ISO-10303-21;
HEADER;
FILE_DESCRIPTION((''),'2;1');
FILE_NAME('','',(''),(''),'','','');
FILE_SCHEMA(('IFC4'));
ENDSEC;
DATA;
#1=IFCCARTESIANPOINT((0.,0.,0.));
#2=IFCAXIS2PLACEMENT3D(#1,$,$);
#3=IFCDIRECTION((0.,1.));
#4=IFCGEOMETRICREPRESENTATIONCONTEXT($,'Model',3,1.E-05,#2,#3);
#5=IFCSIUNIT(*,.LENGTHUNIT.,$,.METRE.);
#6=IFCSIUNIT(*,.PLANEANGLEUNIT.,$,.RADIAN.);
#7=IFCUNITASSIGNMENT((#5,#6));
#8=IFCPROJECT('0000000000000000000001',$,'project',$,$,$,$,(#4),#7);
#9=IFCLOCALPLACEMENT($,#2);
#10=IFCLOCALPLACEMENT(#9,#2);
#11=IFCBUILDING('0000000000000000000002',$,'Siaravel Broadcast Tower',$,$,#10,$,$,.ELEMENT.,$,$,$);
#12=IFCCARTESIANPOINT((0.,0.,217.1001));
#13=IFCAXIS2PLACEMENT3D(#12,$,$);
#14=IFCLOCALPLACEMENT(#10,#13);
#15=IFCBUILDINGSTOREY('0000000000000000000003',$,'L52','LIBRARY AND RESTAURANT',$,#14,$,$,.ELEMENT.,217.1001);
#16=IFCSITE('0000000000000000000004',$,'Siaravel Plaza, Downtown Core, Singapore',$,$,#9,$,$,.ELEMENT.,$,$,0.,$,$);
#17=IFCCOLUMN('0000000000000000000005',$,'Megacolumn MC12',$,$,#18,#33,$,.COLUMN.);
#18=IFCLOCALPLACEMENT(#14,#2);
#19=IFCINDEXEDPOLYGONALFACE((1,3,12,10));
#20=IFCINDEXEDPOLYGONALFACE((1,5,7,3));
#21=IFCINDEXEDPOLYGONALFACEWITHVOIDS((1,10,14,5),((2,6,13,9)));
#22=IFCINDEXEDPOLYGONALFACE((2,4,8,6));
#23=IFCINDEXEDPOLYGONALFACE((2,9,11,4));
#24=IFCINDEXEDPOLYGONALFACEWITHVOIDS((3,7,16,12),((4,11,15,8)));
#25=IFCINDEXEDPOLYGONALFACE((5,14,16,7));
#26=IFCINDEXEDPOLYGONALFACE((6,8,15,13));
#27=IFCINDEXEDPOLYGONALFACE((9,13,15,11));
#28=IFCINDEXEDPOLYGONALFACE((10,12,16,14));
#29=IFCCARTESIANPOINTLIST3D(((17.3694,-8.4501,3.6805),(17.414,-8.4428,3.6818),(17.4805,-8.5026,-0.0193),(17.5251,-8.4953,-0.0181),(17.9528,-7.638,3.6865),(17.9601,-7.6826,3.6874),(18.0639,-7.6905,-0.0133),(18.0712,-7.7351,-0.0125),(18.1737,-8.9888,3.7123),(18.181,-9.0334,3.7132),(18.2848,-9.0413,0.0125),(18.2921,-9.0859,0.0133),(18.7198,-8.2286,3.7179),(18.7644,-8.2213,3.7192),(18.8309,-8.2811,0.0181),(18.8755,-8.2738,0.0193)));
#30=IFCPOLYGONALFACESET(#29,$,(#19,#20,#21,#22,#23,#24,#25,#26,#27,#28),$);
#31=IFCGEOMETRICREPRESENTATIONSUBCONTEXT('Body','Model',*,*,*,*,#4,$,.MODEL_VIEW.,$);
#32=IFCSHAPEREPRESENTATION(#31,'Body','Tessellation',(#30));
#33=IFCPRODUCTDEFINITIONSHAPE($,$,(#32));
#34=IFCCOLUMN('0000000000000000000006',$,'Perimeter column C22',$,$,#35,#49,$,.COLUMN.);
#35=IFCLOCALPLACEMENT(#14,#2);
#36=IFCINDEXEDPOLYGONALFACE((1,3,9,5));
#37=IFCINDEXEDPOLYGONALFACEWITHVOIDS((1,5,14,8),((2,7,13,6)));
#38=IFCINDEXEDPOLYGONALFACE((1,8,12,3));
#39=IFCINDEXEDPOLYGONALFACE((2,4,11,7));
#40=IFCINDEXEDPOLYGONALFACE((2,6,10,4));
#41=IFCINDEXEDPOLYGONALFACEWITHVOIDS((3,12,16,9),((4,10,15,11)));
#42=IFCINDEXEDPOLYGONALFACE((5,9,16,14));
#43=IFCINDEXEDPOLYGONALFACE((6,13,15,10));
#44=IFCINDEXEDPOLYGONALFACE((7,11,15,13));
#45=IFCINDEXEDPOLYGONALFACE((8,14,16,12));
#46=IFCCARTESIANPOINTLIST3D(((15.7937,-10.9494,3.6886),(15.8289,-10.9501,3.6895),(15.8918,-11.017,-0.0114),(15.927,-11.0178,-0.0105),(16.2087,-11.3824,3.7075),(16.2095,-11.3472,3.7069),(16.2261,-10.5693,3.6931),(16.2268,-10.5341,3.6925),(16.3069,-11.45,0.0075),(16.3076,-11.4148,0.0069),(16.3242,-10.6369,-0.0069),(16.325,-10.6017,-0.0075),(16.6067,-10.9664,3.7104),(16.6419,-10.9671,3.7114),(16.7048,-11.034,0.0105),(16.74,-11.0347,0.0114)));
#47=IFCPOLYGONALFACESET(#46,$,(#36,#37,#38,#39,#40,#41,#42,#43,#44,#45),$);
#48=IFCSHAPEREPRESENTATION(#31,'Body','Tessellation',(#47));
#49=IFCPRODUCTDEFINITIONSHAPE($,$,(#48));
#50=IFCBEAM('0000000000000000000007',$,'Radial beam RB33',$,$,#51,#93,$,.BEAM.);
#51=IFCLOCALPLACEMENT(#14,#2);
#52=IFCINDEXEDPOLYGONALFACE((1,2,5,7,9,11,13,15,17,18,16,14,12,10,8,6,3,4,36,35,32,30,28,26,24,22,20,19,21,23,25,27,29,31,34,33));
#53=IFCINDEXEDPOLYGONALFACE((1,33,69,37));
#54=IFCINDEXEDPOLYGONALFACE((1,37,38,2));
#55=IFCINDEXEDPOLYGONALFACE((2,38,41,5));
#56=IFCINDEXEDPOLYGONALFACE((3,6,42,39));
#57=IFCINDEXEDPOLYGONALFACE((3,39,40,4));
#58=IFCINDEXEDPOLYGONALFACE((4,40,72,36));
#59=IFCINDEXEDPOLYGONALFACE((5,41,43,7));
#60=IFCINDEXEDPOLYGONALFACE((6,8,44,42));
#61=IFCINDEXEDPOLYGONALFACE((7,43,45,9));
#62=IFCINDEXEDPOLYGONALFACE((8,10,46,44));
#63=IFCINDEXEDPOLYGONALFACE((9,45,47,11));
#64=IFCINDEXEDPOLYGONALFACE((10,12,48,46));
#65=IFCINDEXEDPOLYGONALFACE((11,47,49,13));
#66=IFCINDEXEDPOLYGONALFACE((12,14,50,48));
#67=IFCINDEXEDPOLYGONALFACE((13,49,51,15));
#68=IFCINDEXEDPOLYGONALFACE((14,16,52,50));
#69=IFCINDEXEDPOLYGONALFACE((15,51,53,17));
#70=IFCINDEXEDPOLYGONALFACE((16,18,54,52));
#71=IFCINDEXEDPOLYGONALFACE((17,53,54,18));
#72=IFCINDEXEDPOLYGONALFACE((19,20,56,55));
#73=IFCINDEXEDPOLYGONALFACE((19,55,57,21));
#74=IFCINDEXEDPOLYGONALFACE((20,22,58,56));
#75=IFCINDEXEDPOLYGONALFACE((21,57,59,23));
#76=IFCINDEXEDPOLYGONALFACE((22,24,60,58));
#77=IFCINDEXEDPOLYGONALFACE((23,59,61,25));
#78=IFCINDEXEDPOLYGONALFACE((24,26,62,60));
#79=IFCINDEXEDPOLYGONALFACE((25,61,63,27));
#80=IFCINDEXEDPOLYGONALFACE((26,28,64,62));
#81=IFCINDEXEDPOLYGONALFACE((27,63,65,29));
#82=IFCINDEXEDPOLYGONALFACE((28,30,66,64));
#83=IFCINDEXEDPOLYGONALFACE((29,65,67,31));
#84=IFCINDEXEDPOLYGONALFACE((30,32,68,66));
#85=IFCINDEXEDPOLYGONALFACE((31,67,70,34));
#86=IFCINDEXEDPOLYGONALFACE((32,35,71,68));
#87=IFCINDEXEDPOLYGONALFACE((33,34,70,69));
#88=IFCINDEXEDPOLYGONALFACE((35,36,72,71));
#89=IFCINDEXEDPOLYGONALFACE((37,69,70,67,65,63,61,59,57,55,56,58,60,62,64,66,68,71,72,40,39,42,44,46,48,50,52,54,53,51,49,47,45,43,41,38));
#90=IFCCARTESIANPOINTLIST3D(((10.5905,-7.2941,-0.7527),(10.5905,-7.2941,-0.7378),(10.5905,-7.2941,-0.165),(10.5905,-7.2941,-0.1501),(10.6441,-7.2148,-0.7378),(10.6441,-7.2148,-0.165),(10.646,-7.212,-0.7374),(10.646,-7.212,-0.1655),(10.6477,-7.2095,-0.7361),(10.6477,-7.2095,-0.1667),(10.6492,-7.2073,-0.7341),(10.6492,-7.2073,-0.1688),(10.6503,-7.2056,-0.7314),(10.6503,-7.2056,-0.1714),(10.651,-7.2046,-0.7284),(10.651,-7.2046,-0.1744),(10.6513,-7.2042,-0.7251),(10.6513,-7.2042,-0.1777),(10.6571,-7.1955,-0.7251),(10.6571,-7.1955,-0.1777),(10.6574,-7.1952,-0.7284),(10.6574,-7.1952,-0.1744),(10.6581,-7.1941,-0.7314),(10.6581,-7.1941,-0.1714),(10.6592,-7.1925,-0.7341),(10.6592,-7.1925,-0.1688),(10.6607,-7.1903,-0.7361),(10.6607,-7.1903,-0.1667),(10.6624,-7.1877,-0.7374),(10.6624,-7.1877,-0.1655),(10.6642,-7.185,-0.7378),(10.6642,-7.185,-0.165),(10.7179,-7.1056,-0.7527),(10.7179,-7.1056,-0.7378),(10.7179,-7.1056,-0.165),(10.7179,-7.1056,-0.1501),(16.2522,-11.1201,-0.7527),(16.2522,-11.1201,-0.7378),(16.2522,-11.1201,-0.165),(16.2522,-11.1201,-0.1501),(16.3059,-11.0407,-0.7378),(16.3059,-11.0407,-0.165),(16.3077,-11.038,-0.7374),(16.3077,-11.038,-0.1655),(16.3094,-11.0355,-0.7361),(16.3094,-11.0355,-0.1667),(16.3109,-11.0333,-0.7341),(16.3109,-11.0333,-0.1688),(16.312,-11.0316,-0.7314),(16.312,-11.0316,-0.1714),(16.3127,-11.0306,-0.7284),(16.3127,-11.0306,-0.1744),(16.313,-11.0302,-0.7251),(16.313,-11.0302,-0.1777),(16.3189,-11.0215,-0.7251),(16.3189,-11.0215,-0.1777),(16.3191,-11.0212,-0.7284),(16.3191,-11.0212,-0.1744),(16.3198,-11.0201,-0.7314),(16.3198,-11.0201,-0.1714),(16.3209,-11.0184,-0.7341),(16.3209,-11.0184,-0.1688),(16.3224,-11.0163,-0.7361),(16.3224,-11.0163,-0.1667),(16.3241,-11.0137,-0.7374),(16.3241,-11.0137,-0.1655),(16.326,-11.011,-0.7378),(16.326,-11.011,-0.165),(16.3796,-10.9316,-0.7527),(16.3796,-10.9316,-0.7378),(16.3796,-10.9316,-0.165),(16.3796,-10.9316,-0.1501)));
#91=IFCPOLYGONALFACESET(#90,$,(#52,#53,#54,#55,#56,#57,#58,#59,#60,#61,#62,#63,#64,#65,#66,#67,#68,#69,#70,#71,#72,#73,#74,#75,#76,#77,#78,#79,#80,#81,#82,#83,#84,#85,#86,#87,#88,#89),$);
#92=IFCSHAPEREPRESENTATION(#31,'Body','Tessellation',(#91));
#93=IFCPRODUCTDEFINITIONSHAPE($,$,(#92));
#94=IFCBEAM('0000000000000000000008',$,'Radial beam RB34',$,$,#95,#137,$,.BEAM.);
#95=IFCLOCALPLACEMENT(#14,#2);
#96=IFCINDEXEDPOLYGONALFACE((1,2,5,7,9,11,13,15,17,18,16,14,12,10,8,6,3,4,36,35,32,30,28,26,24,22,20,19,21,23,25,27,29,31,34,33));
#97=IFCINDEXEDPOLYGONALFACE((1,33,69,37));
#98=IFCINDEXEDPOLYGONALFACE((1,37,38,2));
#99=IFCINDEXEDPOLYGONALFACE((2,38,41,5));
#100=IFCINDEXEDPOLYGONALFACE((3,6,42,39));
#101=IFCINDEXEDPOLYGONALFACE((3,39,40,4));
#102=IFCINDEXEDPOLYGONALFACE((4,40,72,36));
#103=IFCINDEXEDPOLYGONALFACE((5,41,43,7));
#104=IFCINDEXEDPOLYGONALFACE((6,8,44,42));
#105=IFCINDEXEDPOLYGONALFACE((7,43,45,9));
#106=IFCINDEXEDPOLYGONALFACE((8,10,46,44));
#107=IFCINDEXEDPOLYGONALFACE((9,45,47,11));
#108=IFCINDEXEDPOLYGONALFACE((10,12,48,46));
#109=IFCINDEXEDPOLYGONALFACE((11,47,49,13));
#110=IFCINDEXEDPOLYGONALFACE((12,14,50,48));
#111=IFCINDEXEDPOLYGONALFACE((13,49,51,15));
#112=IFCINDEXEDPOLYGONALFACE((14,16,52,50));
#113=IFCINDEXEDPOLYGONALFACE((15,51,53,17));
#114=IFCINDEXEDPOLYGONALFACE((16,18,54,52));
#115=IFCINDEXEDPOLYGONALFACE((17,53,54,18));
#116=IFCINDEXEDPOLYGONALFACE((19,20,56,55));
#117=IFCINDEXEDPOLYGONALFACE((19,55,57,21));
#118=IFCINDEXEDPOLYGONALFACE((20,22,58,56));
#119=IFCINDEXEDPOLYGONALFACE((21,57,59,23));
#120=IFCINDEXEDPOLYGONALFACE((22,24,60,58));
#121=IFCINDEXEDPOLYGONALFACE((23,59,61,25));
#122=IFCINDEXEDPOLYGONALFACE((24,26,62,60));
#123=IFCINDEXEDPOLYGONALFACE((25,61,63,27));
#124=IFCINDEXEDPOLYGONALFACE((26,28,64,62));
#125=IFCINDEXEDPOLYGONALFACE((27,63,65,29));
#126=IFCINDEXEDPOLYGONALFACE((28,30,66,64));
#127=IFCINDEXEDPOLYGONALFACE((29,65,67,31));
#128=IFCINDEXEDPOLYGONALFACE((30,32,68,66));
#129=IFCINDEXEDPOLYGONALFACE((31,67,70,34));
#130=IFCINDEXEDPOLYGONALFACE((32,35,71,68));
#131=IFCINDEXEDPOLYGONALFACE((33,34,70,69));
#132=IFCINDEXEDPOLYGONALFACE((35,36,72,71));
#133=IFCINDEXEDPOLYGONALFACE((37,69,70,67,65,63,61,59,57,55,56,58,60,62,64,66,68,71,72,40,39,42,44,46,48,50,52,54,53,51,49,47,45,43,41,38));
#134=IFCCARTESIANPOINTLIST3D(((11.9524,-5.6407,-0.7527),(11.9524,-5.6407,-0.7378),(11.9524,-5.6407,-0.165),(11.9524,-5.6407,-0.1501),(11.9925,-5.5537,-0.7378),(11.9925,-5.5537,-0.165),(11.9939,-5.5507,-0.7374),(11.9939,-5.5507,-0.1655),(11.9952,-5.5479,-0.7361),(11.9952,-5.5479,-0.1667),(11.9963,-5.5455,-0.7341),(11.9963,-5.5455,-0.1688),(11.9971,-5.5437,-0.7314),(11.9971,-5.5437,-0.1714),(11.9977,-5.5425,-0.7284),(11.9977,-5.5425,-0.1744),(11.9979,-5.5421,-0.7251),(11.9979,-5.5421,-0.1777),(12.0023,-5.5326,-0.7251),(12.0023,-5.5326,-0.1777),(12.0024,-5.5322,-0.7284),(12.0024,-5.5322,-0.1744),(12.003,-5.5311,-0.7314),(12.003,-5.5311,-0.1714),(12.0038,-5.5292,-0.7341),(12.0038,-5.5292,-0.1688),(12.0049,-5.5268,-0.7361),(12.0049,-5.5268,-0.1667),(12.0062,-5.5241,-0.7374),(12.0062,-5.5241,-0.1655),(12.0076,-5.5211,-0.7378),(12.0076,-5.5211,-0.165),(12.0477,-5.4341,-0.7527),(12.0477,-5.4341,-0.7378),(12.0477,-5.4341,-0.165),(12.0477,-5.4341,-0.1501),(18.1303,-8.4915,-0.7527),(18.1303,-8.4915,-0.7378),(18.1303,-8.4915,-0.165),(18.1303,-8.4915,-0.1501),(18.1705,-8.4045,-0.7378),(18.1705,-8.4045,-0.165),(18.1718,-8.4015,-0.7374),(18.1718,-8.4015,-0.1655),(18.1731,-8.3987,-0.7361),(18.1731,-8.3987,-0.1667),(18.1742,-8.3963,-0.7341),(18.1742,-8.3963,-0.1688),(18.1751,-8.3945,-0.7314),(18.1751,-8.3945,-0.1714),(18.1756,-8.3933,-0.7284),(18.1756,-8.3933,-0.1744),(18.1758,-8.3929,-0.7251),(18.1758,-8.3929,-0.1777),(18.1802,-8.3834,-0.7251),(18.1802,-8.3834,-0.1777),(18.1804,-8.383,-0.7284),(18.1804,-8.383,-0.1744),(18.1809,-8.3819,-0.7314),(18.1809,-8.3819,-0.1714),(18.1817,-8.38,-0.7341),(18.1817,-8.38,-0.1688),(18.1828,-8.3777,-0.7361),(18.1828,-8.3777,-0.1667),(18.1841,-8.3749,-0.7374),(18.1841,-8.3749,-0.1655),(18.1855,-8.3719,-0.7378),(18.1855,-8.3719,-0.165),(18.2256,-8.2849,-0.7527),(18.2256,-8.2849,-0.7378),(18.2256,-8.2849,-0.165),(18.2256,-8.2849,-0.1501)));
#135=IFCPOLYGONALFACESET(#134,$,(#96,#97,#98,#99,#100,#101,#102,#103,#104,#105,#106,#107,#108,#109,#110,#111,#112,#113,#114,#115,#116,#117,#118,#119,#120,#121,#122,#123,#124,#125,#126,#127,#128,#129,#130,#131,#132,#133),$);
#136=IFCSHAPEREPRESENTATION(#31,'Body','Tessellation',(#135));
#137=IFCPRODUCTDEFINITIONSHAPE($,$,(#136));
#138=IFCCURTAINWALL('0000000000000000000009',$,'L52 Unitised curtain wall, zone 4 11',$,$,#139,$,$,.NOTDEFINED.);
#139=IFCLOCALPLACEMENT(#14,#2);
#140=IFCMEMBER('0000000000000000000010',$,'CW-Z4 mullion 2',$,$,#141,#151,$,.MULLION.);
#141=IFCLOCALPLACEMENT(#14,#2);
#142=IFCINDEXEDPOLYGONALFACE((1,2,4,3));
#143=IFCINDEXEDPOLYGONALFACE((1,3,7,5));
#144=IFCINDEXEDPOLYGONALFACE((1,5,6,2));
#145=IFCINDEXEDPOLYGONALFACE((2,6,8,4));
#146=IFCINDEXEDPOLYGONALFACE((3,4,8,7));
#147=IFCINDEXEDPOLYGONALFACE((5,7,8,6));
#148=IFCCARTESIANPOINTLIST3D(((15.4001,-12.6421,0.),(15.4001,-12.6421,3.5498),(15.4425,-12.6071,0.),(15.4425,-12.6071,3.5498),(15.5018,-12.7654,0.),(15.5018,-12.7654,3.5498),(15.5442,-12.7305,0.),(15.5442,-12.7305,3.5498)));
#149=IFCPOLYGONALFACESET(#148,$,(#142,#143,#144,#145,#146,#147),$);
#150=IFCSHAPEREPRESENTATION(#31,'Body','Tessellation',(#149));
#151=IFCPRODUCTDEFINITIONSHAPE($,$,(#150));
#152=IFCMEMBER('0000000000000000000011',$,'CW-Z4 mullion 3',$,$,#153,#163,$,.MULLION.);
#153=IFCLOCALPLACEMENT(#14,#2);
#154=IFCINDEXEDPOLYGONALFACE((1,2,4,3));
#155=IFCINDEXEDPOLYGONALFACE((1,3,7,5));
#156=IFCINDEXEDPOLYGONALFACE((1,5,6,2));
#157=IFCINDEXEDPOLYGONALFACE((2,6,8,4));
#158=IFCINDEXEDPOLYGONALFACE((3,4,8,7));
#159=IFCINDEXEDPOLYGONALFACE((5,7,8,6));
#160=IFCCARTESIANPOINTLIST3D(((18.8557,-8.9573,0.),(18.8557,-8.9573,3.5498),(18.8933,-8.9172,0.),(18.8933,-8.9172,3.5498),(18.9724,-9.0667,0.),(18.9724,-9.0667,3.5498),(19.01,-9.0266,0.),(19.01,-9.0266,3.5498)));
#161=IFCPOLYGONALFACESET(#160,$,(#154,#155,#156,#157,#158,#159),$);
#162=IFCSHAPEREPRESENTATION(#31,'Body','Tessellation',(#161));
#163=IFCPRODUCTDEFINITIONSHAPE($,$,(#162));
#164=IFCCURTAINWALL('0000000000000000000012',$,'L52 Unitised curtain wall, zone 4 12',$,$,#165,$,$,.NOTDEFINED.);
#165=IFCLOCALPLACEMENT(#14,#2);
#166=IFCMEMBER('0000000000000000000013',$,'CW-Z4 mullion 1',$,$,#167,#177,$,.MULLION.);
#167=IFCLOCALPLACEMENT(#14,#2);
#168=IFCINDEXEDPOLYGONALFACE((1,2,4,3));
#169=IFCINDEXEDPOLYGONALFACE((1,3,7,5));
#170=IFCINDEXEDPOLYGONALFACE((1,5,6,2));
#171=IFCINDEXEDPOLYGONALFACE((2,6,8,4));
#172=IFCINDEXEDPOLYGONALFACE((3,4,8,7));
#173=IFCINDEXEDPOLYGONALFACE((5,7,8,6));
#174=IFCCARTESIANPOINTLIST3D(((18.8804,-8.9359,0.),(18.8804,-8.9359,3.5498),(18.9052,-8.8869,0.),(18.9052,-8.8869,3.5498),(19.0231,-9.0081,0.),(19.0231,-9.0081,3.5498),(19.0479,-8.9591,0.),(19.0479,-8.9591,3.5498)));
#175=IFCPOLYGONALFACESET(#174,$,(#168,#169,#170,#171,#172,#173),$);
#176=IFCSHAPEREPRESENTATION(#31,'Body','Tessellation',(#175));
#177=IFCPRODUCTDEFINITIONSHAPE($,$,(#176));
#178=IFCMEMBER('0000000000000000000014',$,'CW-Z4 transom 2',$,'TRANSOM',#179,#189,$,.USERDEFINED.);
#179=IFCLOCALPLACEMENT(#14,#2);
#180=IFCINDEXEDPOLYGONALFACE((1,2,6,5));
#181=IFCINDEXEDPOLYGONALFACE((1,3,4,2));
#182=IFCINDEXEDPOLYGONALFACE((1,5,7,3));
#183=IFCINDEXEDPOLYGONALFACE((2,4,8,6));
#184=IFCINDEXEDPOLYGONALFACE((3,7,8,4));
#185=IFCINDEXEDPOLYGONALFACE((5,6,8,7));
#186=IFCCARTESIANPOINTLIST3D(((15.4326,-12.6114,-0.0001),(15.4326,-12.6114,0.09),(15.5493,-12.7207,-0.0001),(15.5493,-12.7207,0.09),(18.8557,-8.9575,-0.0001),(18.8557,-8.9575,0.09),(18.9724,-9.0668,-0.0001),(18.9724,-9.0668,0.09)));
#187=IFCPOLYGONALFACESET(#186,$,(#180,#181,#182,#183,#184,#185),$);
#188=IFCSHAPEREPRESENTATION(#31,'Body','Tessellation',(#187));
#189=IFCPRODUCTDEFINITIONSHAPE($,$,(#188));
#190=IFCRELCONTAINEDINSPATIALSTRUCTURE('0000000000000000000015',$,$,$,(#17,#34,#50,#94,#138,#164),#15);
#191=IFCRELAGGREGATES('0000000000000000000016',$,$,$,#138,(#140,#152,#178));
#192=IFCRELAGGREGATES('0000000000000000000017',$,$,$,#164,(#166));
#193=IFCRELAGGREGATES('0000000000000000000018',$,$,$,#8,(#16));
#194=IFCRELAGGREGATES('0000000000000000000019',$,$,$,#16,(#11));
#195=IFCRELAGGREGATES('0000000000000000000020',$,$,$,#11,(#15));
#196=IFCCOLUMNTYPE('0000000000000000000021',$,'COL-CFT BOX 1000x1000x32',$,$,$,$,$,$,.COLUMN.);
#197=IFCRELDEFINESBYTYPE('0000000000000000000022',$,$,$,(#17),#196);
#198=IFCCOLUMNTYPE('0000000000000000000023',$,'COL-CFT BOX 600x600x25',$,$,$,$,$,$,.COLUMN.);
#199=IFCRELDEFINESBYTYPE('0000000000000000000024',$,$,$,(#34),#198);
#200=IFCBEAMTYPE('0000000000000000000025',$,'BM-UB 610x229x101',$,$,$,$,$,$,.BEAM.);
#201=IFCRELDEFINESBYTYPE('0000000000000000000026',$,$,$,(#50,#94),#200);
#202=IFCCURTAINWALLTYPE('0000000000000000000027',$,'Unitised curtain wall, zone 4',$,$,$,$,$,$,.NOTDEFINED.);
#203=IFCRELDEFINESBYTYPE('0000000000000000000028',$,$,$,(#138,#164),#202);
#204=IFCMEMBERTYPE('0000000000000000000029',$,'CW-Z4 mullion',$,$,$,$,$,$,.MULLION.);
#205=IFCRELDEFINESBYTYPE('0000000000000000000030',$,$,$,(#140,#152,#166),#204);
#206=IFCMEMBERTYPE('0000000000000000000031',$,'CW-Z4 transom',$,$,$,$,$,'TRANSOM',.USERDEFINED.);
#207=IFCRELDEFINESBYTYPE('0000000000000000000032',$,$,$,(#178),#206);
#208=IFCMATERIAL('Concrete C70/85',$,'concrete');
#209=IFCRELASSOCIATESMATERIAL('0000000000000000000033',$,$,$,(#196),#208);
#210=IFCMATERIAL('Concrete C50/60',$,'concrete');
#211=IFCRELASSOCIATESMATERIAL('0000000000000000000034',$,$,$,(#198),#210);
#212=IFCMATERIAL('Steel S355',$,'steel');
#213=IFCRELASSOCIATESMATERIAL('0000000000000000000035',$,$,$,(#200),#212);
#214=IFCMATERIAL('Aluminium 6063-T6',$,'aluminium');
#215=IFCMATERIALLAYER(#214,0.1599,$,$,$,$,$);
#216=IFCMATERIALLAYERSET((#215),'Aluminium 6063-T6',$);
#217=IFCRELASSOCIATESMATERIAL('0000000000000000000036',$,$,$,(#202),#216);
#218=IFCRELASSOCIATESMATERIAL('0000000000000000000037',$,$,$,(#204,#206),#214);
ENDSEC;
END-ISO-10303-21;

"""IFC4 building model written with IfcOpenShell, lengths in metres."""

from ifc_helpers import new_model, si_unit, direction, frame, origin, origin_2d, place, context, subcontext, project, spatial, rectangle, hollow_rectangle, i_section, extrude, material, layer, layer_set, material_profile, profile_set, type_object, element, aggregate, save


model = new_model("IFC4")

# Units and contexts
model_context = context("Model", 3, precision=1e-05, world=origin(), true_north=direction((0.0, 1.0)))
body_context = subcontext(model_context, "Body", "Model", "MODEL_VIEW")
ifc_project = project(units=[si_unit("LENGTHUNIT", "METRE"), si_unit("PLANEANGLEUNIT", "RADIAN")], contexts=[model_context])

# Site, building, storey
site_placement = place(None, origin())
site = spatial("IfcSite", under=ifc_project, at=site_placement, Name="Siaravel Plaza, Downtown Core, Singapore", CompositionType="ELEMENT", RefElevation=0.0)
building_placement = place(site_placement, origin())
building = spatial("IfcBuilding", under=site, at=building_placement, Name="Siaravel Broadcast Tower", CompositionType="ELEMENT")
storey_placement = place(building_placement, frame((0.0, 0.0, 217.1001)))
storey = spatial("IfcBuildingStorey", under=building, at=storey_placement, Name="L52", Description="LIBRARY AND RESTAURANT", CompositionType="ELEMENT", Elevation=217.1001)

# Columns
ifc_material_1 = material(Name="Concrete C70/85", Category="concrete")
ifc_material_profile_1 = material_profile(ifc_material_1, hollow_rectangle(XDim=1.0, YDim=1.0, WallThickness=0.032, at=origin_2d()))
ifc_profile_set_1 = profile_set([ifc_material_profile_1], Name="Concrete C70/85")
column_type_1 = type_object("IfcColumnType", Name="COL-CFT BOX 1000x1000x32", PredefinedType="COLUMN", material=ifc_profile_set_1)
column_1_placement = place(storey_placement, frame((18.178, -8.3882, 0.0), z_axis=(-0.030007, 0.014179, 0.999449), x_axis=(-0.583437, -0.812136, -0.005995)))
element("IfcColumn", 1, at=column_1_placement, inside=storey, type_object=column_type_1, Name="Megacolumn MC12", PredefinedType="COLUMN", context=body_context, shape_type="SweptSolid", body=[
    extrude(hollow_rectangle(XDim=1.0, YDim=1.0, WallThickness=0.032, at=origin_2d()), origin(), (0.0, 0.0, 1.0), 3.7019),
])
ifc_material_2 = material(Name="Concrete C50/60", Category="concrete")
ifc_material_profile_2 = material_profile(ifc_material_2, hollow_rectangle(XDim=0.6001, YDim=0.6001, WallThickness=0.0249, at=origin_2d()))
ifc_profile_set_2 = profile_set([ifc_material_profile_2], Name="Concrete C50/60")
column_type_2 = type_object("IfcColumnType", Name="COL-CFT BOX 600x600x25", PredefinedType="COLUMN", material=ifc_profile_set_2)
column_2_placement = place(storey_placement, frame((16.3159, -11.0259, 0.0), z_axis=(-0.026512, 0.018268, 0.999482), x_axis=(-0.721794, -0.692077, -0.006497)))
element("IfcColumn", 2, at=column_2_placement, inside=storey, type_object=column_type_2, Name="Perimeter column C22", PredefinedType="COLUMN", context=body_context, shape_type="SweptSolid", body=[
    extrude(hollow_rectangle(XDim=0.6001, YDim=0.6001, WallThickness=0.0249, at=origin_2d()), origin(), (0.0, 0.0, 1.0), 3.7019),
])

# Beams
ifc_material_3 = material(Name="Steel S355", Category="steel")
ifc_material_profile_3 = material_profile(ifc_material_3, i_section(OverallWidth=0.2275, OverallDepth=0.6025, WebThickness=0.0105, FlangeThickness=0.0149, FilletRadius=0.0127, at=origin_2d()))
ifc_profile_set_3 = profile_set([ifc_material_profile_3], Name="Steel S355")
beam_type = type_object("IfcBeamType", Name="BM-UB 610x229x101", PredefinedType="BEAM", material=ifc_profile_set_3)
beam_1_placement = place(storey_placement, frame((16.3159, -11.0259, -0.4514), z_axis=(-0.828554, 0.559908, 0.0), x_axis=(-0.559908, -0.828554, 0.0)))
element("IfcBeam", 3, at=beam_1_placement, inside=storey, type_object=beam_type, Name="Radial beam RB33", PredefinedType="BEAM", context=body_context, shape_type="SweptSolid", body=[
    extrude(i_section(OverallWidth=0.2275, OverallDepth=0.6025, WebThickness=0.0105, FlangeThickness=0.0149, FilletRadius=0.0127, at=origin_2d()), origin(), (0.0, 0.0, 1.0), 6.8333),
])
beam_2_placement = place(storey_placement, frame((18.178, -8.3882, -0.4514), z_axis=(-0.90799, 0.418992, 0.0), x_axis=(-0.418992, -0.90799, 0.0)))
element("IfcBeam", 4, at=beam_2_placement, inside=storey, type_object=beam_type, Name="Radial beam RB34", PredefinedType="BEAM", context=body_context, shape_type="SweptSolid", body=[
    extrude(i_section(OverallWidth=0.2275, OverallDepth=0.6025, WebThickness=0.0105, FlangeThickness=0.0149, FilletRadius=0.0127, at=origin_2d()), origin(), (0.0, 0.0, 1.0), 6.804),
])

# Curtain wall, members
ifc_material_4 = material(Name="Aluminium 6063-T6", Category="aluminium")
ifc_layer_1 = layer(ifc_material_4, 0.1599)
ifc_layer_set_1 = layer_set([ifc_layer_1], Name="Aluminium 6063-T6")
curtain_wall_type = type_object("IfcCurtainWallType", Name="Unitised curtain wall, zone 4", PredefinedType="NOTDEFINED", material=ifc_layer_set_1)
curtain_wall_1_placement = place(storey_placement, origin())
curtain_wall_1 = element("IfcCurtainWall", 5, at=curtain_wall_1_placement, inside=storey, type_object=curtain_wall_type, Name="L52 Unitised curtain wall, zone 4 11", PredefinedType="NOTDEFINED")
ifc_material_profile_4 = material_profile(ifc_material_4, rectangle(XDim=0.1599, YDim=0.0549, at=origin_2d()))
ifc_profile_set_4 = profile_set([ifc_material_profile_4], Name="Aluminium 6063-T6")
member_type_1 = type_object("IfcMemberType", Name="CW-Z4 mullion", PredefinedType="MULLION", material=ifc_profile_set_4)
member_1_placement = place(storey_placement, frame((15.4722, -12.6863, 0.0), z_axis=(0.0, 0.0, 1.0), x_axis=(-0.63622, 0.771508, 0.0)))
member_1 = element("IfcMember", 6, at=member_1_placement, type_object=member_type_1, Name="CW-Z4 mullion 2", PredefinedType="MULLION", context=body_context, shape_type="SweptSolid", body=[
    extrude(rectangle(XDim=0.1599, YDim=0.0549, at=origin_2d()), origin(), (0.0, 0.0, 1.0), 3.5498),
])
member_2_placement = place(storey_placement, frame((18.9329, -8.9919, 0.0), z_axis=(0.0, 0.0, 1.0), x_axis=(-0.729806, 0.683654, 0.0)))
member_2 = element("IfcMember", 7, at=member_2_placement, type_object=member_type_1, Name="CW-Z4 mullion 3", PredefinedType="MULLION", context=body_context, shape_type="SweptSolid", body=[
    extrude(rectangle(XDim=0.1599, YDim=0.0549, at=origin_2d()), origin(), (0.0, 0.0, 1.0), 3.5498),
])

# Curtain wall, member
curtain_wall_2_placement = place(storey_placement, origin())
curtain_wall_2 = element("IfcCurtainWall", 8, at=curtain_wall_2_placement, inside=storey, type_object=curtain_wall_type, Name="L52 Unitised curtain wall, zone 4 12", PredefinedType="NOTDEFINED")
member_3_placement = place(storey_placement, frame((18.9641, -8.9475, 0.0), z_axis=(0.0, 0.0, 1.0), x_axis=(-0.892393, 0.45126, 0.0)))
member_3 = element("IfcMember", 9, at=member_3_placement, type_object=member_type_1, Name="CW-Z4 mullion 1", PredefinedType="MULLION", context=body_context, shape_type="SweptSolid", body=[
    extrude(rectangle(XDim=0.1599, YDim=0.0549, at=origin_2d()), origin(), (0.0, 0.0, 1.0), 3.5498),
])

# Member
ifc_material_profile_5 = material_profile(ifc_material_4, rectangle(XDim=0.1599, YDim=0.0901, at=origin_2d()))
ifc_profile_set_5 = profile_set([ifc_material_profile_5], Name="Aluminium 6063-T6")
member_type_2 = type_object("IfcMemberType", Name="CW-Z4 transom", ElementType="TRANSOM", PredefinedType="USERDEFINED", material=ifc_profile_set_5)
member_4_placement = place(storey_placement, frame((15.491, -12.666, 0.0449), z_axis=(0.683691, 0.729771, 0.0), x_axis=(-0.729771, 0.683691, 0.0)))
member_4 = element("IfcMember", 10, at=member_4_placement, type_object=member_type_2, Name="CW-Z4 transom 2", ObjectType="TRANSOM", PredefinedType="USERDEFINED", context=body_context, shape_type="SweptSolid", body=[
    extrude(rectangle(XDim=0.1599, YDim=0.0901, at=origin_2d()), origin(), (0.0, 0.0, 1.0), 5.0068),
])

aggregate(curtain_wall_1, [member_1, member_2, member_4])
aggregate(curtain_wall_2, [member_3])

save(model, "model.ifc")
